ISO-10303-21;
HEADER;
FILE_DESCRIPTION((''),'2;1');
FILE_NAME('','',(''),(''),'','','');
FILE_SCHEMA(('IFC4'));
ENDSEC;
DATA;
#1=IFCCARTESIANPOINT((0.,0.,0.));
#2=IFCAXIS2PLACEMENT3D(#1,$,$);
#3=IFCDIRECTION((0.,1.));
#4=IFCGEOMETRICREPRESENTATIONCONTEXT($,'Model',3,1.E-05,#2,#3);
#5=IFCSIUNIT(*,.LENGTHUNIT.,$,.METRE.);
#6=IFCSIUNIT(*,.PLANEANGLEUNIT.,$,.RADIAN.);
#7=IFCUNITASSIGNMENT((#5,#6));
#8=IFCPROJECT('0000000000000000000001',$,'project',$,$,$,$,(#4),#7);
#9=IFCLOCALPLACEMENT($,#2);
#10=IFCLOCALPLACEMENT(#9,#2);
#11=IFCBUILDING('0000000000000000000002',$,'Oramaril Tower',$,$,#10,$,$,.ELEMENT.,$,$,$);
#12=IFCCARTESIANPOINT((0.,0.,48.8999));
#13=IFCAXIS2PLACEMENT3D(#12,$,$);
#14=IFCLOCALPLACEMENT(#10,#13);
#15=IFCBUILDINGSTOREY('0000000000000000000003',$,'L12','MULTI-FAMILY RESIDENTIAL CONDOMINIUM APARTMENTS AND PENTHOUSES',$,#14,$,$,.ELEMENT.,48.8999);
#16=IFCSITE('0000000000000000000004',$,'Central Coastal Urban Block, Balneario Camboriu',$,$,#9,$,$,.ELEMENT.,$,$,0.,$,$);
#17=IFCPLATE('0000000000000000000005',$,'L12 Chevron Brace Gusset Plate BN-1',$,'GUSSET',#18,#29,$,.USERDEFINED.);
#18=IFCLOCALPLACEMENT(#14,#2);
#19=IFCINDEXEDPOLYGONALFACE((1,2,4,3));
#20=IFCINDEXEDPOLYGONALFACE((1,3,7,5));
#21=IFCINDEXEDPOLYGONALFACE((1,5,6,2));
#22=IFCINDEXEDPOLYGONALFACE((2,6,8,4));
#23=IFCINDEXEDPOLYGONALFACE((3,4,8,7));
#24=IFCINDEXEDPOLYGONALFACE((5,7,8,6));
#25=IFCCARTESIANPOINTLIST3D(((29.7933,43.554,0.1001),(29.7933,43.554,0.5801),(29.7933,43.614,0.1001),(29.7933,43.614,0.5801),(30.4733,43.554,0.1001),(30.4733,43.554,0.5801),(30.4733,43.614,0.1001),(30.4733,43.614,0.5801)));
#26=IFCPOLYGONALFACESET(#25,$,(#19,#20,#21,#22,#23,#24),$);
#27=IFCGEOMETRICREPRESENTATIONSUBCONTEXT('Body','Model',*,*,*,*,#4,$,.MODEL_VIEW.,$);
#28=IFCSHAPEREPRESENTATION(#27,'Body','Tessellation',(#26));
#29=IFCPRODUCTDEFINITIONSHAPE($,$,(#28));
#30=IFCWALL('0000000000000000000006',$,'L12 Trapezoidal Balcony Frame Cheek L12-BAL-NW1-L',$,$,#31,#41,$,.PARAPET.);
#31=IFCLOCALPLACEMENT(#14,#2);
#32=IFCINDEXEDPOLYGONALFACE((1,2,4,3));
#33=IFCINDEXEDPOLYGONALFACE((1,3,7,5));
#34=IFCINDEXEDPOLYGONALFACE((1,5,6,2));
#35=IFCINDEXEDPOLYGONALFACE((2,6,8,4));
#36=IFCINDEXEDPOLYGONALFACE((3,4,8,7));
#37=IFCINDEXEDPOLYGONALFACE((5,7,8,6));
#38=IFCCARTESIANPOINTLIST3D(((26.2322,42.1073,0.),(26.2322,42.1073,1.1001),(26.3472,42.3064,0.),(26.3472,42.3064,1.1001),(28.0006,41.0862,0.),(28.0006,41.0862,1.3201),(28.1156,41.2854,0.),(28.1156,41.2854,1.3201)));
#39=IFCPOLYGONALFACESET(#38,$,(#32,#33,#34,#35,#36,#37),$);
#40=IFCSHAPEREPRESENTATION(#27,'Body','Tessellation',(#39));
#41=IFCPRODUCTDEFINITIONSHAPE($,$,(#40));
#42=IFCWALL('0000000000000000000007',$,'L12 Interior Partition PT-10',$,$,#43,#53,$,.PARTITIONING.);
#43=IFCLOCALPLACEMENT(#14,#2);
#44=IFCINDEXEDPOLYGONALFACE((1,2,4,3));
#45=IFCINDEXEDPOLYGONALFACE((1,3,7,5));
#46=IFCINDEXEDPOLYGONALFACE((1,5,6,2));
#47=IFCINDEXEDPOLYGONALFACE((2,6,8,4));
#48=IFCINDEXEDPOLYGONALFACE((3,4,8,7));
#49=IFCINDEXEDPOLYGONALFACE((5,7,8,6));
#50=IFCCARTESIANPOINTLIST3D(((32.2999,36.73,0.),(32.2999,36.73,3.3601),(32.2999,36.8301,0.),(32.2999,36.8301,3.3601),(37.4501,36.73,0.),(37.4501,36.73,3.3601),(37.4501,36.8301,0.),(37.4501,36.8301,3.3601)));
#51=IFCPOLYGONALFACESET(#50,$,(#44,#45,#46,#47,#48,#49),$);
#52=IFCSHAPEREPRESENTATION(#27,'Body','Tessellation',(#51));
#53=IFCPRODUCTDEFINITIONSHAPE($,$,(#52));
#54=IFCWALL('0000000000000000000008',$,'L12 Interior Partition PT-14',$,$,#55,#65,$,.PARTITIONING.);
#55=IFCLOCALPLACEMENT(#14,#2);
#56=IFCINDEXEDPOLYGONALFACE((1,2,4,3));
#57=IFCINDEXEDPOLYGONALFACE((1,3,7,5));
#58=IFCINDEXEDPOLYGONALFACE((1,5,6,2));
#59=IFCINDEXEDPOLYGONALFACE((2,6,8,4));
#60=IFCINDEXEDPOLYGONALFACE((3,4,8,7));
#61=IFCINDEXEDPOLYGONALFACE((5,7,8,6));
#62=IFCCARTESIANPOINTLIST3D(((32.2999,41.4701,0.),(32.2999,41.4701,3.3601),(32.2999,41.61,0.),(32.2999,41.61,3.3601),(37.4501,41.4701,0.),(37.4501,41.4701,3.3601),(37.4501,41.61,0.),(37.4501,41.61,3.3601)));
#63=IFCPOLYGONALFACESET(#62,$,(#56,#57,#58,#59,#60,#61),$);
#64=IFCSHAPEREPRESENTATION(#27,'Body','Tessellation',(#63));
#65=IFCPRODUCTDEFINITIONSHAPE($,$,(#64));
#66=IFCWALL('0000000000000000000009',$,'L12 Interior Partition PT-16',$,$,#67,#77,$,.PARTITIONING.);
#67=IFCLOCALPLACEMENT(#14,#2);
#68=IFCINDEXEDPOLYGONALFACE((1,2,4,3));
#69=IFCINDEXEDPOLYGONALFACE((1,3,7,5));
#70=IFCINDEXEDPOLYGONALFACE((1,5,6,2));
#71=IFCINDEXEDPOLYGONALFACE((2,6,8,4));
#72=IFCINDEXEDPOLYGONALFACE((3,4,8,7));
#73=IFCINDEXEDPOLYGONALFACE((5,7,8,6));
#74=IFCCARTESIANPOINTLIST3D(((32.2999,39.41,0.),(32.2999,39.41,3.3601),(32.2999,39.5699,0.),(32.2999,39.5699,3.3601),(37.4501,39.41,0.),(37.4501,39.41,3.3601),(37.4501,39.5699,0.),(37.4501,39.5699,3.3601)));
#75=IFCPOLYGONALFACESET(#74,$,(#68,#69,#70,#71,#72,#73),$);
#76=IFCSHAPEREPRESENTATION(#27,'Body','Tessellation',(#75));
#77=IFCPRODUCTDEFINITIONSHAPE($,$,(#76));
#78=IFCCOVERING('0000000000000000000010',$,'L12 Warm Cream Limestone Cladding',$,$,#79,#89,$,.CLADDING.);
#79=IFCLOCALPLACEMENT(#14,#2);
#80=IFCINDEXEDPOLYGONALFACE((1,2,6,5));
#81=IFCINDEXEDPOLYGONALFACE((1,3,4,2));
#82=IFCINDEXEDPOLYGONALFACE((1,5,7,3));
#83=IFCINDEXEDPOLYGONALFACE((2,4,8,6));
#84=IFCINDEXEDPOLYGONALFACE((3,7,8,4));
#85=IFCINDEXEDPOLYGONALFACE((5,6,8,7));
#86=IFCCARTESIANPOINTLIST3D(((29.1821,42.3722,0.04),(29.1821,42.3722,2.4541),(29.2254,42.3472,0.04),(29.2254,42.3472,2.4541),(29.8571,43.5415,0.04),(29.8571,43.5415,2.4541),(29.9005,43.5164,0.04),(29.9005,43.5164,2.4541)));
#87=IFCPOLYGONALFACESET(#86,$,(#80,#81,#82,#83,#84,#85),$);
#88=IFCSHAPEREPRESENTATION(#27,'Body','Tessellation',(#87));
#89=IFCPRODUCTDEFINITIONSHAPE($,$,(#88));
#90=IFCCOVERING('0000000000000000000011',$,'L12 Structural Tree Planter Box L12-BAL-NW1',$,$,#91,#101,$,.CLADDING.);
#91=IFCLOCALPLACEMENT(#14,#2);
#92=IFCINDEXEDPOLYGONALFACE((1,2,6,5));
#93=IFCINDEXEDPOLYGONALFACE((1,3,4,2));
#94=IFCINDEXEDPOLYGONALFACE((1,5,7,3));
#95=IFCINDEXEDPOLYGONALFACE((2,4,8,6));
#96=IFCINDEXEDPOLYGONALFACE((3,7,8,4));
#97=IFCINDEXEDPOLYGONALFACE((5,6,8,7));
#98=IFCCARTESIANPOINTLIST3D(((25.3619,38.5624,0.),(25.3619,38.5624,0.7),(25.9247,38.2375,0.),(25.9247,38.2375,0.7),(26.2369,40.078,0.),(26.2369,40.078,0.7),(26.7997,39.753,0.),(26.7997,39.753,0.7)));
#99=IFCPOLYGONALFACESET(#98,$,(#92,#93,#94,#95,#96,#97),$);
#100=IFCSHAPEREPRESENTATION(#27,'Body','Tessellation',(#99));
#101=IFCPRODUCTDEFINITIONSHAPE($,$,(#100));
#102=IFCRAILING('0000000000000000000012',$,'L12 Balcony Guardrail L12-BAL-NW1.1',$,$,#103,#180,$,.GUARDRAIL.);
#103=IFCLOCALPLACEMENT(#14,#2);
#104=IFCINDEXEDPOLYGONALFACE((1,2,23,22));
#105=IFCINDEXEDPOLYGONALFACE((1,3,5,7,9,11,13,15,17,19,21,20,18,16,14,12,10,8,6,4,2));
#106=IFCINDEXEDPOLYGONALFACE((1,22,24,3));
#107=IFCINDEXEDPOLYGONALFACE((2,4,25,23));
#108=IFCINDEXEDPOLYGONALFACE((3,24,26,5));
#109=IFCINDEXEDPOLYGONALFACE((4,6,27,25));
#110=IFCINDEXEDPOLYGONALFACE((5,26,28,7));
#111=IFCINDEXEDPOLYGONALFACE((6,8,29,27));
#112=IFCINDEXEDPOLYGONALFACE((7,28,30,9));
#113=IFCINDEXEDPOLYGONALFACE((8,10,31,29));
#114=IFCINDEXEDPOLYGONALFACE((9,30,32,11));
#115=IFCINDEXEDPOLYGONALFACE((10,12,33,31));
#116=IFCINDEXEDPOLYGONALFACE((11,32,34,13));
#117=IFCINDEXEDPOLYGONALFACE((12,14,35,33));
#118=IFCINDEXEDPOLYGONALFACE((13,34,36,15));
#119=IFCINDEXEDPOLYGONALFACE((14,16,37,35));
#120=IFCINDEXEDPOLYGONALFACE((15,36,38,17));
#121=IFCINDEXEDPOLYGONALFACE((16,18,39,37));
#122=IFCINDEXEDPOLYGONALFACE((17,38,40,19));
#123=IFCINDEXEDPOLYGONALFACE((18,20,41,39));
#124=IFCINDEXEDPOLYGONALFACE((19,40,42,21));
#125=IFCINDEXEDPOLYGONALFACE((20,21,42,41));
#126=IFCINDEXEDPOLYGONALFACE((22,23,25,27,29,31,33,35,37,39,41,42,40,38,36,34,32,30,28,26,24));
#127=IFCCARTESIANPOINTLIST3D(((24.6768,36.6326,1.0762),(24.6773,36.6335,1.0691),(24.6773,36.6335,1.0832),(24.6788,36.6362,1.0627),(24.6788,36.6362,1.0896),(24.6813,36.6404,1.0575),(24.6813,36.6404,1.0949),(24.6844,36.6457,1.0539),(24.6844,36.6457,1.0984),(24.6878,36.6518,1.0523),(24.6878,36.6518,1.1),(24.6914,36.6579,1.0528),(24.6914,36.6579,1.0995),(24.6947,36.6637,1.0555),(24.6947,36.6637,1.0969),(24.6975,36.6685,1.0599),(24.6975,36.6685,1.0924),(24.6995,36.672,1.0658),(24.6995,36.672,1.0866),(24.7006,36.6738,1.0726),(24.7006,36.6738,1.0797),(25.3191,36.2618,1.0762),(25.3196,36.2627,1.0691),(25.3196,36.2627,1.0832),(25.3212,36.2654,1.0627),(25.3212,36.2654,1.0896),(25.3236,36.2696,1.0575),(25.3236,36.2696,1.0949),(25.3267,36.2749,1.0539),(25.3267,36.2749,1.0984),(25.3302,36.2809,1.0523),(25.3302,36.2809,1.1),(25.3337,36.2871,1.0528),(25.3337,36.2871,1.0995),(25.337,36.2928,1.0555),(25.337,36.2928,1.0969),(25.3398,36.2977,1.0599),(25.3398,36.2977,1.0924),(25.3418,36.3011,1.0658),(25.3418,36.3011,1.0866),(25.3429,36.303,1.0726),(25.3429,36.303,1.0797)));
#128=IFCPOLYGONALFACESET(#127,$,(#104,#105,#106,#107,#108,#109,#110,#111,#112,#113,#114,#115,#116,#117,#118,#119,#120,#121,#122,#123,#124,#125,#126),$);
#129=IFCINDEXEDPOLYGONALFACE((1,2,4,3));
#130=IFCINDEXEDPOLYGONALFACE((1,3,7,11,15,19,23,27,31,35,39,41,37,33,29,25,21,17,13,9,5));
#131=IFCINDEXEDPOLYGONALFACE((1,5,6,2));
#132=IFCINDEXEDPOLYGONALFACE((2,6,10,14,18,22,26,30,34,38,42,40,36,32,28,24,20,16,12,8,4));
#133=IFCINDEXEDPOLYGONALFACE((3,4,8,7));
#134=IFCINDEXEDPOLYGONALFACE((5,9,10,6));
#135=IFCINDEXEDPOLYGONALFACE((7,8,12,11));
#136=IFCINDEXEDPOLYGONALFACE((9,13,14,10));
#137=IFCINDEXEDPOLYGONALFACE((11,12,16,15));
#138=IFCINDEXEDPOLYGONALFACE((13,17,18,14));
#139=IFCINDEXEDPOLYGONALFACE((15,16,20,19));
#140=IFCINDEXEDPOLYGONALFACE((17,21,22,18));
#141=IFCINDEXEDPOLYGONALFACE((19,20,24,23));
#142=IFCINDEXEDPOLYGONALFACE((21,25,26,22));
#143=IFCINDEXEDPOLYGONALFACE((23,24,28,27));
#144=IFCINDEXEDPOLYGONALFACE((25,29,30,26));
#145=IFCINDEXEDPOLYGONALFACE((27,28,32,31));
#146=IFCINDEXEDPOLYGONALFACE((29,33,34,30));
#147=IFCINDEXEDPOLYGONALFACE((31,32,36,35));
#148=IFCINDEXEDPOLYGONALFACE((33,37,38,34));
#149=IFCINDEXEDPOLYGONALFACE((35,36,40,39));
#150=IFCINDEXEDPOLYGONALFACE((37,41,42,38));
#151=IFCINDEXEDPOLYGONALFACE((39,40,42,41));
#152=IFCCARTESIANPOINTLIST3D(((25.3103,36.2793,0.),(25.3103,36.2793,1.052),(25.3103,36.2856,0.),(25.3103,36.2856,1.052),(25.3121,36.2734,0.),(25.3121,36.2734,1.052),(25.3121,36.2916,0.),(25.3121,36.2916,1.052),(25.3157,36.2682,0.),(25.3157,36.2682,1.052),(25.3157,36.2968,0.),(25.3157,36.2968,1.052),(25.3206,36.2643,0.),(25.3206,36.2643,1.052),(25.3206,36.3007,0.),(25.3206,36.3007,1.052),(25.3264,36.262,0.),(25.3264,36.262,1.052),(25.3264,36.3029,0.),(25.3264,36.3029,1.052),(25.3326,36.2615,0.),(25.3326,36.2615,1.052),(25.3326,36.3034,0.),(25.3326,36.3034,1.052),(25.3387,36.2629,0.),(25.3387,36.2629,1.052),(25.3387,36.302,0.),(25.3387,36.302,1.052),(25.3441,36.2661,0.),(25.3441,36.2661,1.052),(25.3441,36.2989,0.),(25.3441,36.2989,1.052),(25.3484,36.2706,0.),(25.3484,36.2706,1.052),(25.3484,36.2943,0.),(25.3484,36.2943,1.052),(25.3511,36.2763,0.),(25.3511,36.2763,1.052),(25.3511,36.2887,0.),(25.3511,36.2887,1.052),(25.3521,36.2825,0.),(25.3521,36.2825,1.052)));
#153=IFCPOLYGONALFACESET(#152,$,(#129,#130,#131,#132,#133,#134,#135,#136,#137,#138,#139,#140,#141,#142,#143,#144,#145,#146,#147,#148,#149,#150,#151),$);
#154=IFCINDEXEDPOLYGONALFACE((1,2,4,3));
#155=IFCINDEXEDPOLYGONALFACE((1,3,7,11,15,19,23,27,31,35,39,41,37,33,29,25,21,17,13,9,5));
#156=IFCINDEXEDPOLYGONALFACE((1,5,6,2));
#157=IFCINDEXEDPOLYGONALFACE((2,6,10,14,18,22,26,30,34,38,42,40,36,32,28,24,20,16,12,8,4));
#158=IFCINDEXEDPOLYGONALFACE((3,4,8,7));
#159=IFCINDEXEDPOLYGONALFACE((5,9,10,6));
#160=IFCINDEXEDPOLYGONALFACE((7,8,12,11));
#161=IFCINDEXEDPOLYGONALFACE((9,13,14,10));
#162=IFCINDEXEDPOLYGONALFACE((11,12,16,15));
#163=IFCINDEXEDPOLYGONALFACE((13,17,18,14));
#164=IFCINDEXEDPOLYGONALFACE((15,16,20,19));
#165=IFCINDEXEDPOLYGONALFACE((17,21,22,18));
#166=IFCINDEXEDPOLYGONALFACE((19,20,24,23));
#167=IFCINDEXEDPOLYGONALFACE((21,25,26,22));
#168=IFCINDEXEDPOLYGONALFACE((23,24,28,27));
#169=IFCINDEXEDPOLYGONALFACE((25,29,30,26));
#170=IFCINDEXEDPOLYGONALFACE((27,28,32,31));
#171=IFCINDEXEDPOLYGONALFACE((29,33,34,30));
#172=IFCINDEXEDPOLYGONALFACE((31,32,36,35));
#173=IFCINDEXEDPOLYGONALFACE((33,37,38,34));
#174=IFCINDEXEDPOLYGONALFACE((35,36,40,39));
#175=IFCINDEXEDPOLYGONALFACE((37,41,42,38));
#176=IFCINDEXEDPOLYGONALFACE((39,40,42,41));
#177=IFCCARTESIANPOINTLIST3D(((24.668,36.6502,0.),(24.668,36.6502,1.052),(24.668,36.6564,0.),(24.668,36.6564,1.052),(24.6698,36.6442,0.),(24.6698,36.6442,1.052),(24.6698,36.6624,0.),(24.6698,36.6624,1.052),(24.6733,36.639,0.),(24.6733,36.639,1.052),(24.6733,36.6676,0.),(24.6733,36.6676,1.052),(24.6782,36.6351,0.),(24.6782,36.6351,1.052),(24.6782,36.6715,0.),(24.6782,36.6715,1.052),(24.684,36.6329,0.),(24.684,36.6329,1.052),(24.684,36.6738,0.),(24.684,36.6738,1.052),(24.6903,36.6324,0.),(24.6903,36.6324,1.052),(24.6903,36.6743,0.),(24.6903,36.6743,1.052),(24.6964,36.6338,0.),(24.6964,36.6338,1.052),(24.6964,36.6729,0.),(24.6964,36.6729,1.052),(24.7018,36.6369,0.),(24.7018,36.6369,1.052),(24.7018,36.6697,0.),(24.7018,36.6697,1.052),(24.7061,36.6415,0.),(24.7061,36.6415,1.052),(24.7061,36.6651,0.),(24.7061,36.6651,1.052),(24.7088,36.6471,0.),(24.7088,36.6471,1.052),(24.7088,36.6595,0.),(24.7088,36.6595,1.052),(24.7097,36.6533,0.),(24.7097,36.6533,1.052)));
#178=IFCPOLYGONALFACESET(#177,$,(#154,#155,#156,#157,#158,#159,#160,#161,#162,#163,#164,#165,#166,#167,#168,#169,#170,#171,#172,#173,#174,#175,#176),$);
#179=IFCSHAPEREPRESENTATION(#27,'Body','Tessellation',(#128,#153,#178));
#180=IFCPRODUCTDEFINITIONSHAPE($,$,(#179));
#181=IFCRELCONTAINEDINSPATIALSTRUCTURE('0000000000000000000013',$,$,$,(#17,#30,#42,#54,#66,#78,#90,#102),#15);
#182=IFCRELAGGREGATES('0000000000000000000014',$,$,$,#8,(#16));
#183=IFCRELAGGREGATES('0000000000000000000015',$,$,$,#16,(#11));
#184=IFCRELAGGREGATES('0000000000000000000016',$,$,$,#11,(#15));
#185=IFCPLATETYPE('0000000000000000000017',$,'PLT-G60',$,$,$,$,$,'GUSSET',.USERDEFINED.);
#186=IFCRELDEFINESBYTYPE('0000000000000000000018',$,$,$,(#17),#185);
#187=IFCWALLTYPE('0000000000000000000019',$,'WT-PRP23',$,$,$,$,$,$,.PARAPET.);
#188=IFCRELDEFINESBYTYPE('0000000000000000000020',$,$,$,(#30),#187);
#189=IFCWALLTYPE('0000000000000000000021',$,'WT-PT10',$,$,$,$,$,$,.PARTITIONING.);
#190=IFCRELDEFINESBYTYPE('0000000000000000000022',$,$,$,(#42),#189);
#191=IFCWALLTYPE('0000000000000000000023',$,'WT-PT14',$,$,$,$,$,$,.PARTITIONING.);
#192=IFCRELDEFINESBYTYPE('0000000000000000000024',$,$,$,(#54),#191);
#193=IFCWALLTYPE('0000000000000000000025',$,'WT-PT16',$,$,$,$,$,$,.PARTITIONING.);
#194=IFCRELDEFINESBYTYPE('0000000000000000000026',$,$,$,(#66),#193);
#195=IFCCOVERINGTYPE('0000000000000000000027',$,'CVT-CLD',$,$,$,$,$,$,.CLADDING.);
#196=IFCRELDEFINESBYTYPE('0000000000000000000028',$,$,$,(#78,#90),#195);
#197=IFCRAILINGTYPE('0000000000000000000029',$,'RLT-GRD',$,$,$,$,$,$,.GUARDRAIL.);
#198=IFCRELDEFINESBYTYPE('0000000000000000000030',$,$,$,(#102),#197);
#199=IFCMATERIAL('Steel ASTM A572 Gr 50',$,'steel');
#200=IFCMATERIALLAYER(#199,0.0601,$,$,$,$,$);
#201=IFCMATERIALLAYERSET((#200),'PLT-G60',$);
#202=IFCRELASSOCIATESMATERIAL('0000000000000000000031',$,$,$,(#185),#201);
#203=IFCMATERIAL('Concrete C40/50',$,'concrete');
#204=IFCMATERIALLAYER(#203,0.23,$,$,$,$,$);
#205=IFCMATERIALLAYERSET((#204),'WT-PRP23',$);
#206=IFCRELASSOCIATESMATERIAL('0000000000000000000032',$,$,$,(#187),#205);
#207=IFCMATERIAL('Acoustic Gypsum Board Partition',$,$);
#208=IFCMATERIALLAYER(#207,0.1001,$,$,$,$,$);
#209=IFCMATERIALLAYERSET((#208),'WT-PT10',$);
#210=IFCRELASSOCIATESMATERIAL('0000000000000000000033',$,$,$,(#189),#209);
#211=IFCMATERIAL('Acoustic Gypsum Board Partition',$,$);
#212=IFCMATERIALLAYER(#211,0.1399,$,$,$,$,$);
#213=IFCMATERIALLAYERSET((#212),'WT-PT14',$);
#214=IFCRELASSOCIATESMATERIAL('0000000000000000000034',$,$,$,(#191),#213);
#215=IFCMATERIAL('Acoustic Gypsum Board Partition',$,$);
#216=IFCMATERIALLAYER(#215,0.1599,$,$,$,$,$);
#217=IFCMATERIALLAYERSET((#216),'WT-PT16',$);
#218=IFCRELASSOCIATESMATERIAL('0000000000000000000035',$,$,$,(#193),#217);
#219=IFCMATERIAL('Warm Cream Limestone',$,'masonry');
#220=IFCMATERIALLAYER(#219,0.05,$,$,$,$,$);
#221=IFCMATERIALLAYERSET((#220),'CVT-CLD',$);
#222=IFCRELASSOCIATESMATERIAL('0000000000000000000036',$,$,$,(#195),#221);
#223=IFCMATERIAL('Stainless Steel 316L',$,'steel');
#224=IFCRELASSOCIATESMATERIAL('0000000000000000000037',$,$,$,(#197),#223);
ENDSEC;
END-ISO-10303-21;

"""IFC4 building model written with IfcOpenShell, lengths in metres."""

from ifc_helpers import new_model, si_unit, direction, frame, frame_2d, origin, origin_2d, place, context, subcontext, project, spatial, polyline, rectangle, circle, outline, extrude, material, layer, layer_set, type_object, element, save


model = new_model("IFC4")

# Units and contexts
model_context = context("Model", 3, precision=1e-05, world=origin(), true_north=direction((0.0, 1.0)))
body_context = subcontext(model_context, "Body", "Model", "MODEL_VIEW")
ifc_project = project(units=[si_unit("LENGTHUNIT", "METRE"), si_unit("PLANEANGLEUNIT", "RADIAN")], contexts=[model_context])

# Site, building, storey
site_placement = place(None, origin())
site = spatial("IfcSite", under=ifc_project, at=site_placement, Name="Central Coastal Urban Block, Balneario Camboriu", CompositionType="ELEMENT", RefElevation=0.0)
building_placement = place(site_placement, origin())
building = spatial("IfcBuilding", under=site, at=building_placement, Name="Oramaril Tower", CompositionType="ELEMENT")
storey_placement = place(building_placement, frame((0.0, 0.0, 48.8999)))
storey = spatial("IfcBuildingStorey", under=building, at=storey_placement, Name="L12", Description="MULTI-FAMILY RESIDENTIAL CONDOMINIUM APARTMENTS AND PENTHOUSES", CompositionType="ELEMENT", Elevation=48.8999)

# Plate
ifc_material_1 = material(Name="Steel ASTM A572 Gr 50", Category="steel")
ifc_layer_1 = layer(ifc_material_1, 0.0601)
ifc_layer_set_1 = layer_set([ifc_layer_1], Name="PLT-G60")
plate_type = type_object("IfcPlateType", Name="PLT-G60", ElementType="GUSSET", PredefinedType="USERDEFINED", material=ifc_layer_set_1)
plate_placement = place(storey_placement, frame((30.1333, 43.584, 0.1001), z_axis=(0.0, 0.0, 1.0), x_axis=(-1.0, 0.0, 0.0)))
element("IfcPlate", 1, at=plate_placement, inside=storey, type_object=plate_type, Name="L12 Chevron Brace Gusset Plate BN-1", ObjectType="GUSSET", PredefinedType="USERDEFINED", context=body_context, shape_type="SweptSolid", body=[
    extrude(rectangle(XDim=0.6799, YDim=0.0601, at=origin_2d()), origin(), (0.0, 0.0, 1.0), 0.48),
])

# Walls
ifc_material_2 = material(Name="Concrete C40/50", Category="concrete")
ifc_layer_2 = layer(ifc_material_2, 0.23)
ifc_layer_set_2 = layer_set([ifc_layer_2], Name="WT-PRP23")
wall_type_1 = type_object("IfcWallType", Name="WT-PRP23", PredefinedType="PARAPET", material=ifc_layer_set_2)
wall_1_placement = place(storey_placement, frame((28.0581, 41.1858, 0.0), z_axis=(0.0, 0.0, 1.0), x_axis=(-0.866012, 0.500023, 0.0)))
element("IfcWall", 2, at=wall_1_placement, inside=storey, type_object=wall_type_1, Name="L12 Trapezoidal Balcony Frame Cheek L12-BAL-NW1-L", PredefinedType="PARAPET", context=body_context, shape_type="SweptSolid", body=[
    extrude(outline(polyline([(0.0, 0.0), (2.042, 0.0), (2.042, 1.1001), (0.0, 1.3201), (0.0, 0.0)])), frame((0.0, 0.115, 0.0), z_axis=(0.0, -1.0, 0.0), x_axis=(1.0, 0.0, 0.0)), (0.0, 0.0, 1.0), 0.23),
])
ifc_material_3 = material(Name="Acoustic Gypsum Board Partition")
ifc_layer_3 = layer(ifc_material_3, 0.1001)
ifc_layer_set_3 = layer_set([ifc_layer_3], Name="WT-PT10")
wall_type_2 = type_object("IfcWallType", Name="WT-PT10", PredefinedType="PARTITIONING", material=ifc_layer_set_3)
wall_2_placement = place(storey_placement, frame((32.2998, 36.78, 0.0), z_axis=(0.0, 0.0, 1.0), x_axis=(1.0, 0.0, 0.0)))
element("IfcWall", 3, at=wall_2_placement, inside=storey, type_object=wall_type_2, Name="L12 Interior Partition PT-10", PredefinedType="PARTITIONING", context=body_context, shape_type="SweptSolid", body=[
    extrude(rectangle(XDim=5.1501, YDim=0.1001, at=frame_2d((2.5752, 0.0))), origin(), (0.0, 0.0, 1.0), 3.3601),
])
ifc_material_4 = material(Name="Acoustic Gypsum Board Partition")
ifc_layer_4 = layer(ifc_material_4, 0.1399)
ifc_layer_set_4 = layer_set([ifc_layer_4], Name="WT-PT14")
wall_type_3 = type_object("IfcWallType", Name="WT-PT14", PredefinedType="PARTITIONING", material=ifc_layer_set_4)
wall_3_placement = place(storey_placement, frame((32.2998, 41.54, 0.0), z_axis=(0.0, 0.0, 1.0), x_axis=(1.0, 0.0, 0.0)))
element("IfcWall", 4, at=wall_3_placement, inside=storey, type_object=wall_type_3, Name="L12 Interior Partition PT-14", PredefinedType="PARTITIONING", context=body_context, shape_type="SweptSolid", body=[
    extrude(rectangle(XDim=5.1501, YDim=0.1399, at=frame_2d((2.5752, 0.0))), origin(), (0.0, 0.0, 1.0), 3.3601),
])
ifc_material_5 = material(Name="Acoustic Gypsum Board Partition")
ifc_layer_5 = layer(ifc_material_5, 0.1599)
ifc_layer_set_5 = layer_set([ifc_layer_5], Name="WT-PT16")
wall_type_4 = type_object("IfcWallType", Name="WT-PT16", PredefinedType="PARTITIONING", material=ifc_layer_set_5)
wall_4_placement = place(storey_placement, frame((32.2998, 39.49, 0.0), z_axis=(0.0, 0.0, 1.0), x_axis=(1.0, 0.0, 0.0)))
element("IfcWall", 5, at=wall_4_placement, inside=storey, type_object=wall_type_4, Name="L12 Interior Partition PT-16", PredefinedType="PARTITIONING", context=body_context, shape_type="SweptSolid", body=[
    extrude(rectangle(XDim=5.1501, YDim=0.1599, at=frame_2d((2.5752, 0.0))), origin(), (0.0, 0.0, 1.0), 3.3601),
])

# Coverings
ifc_material_6 = material(Name="Warm Cream Limestone", Category="masonry")
ifc_layer_6 = layer(ifc_material_6, 0.05)
ifc_layer_set_6 = layer_set([ifc_layer_6], Name="CVT-CLD")
covering_type = type_object("IfcCoveringType", Name="CVT-CLD", PredefinedType="CLADDING", material=ifc_layer_set_6)
covering_1_placement = place(storey_placement, frame((29.5413, 42.9443, 0.04), z_axis=(0.0, 0.0, 1.0), x_axis=(-0.5, -0.866025, 0.0)))
element("IfcCovering", 6, at=covering_1_placement, inside=storey, type_object=covering_type, Name="L12 Warm Cream Limestone Cladding", PredefinedType="CLADDING", context=body_context, shape_type="SweptSolid", body=[
    extrude(rectangle(XDim=1.3501, YDim=0.05, at=origin_2d()), origin(), (0.0, 0.0, 1.0), 2.4141),
])
covering_2_placement = place(storey_placement, frame((26.0808, 39.1577, 0.0), z_axis=(0.0, 0.0, 1.0), x_axis=(-0.5, -0.866025, 0.0)))
element("IfcCovering", 7, at=covering_2_placement, inside=storey, type_object=covering_type, Name="L12 Structural Tree Planter Box L12-BAL-NW1", PredefinedType="CLADDING", context=body_context, shape_type="SweptSolid", body=[
    extrude(rectangle(XDim=1.75, YDim=0.6499, at=origin_2d()), origin(), (0.0, 0.0, 1.0), 0.7),
])

# Railing
ifc_material_7 = material(Name="Stainless Steel 316L", Category="steel")
railing_type = type_object("IfcRailingType", Name="RLT-GRD", PredefinedType="GUARDRAIL", material=ifc_material_7)
railing_1_placement = place(storey_placement, frame((25.3311, 36.2825, 0.0)))
element("IfcRailing", 8, at=railing_1_placement, inside=storey, type_object=railing_type, Name="L12 Balcony Guardrail L12-BAL-NW1.1", PredefinedType="GUARDRAIL", context=body_context, shape_type="SweptSolid", body=[
    extrude(circle(Radius=0.0239, at=origin_2d()), frame((0.0, 0.0, 1.0762), z_axis=(-0.866027, 0.499998, 0.0), x_axis=(-0.499998, -0.866027, 0.0)), (0.0, 0.0, 1.0), 0.7417),
    extrude(circle(Radius=0.021, at=origin_2d()), origin(), (0.0, 0.0, 1.0), 1.052),
    extrude(circle(Radius=0.021, at=origin_2d()), frame((-0.6423, 0.3708, 0.0)), (0.0, 0.0, 1.0), 1.052),
])

save(model, "model.ifc")
